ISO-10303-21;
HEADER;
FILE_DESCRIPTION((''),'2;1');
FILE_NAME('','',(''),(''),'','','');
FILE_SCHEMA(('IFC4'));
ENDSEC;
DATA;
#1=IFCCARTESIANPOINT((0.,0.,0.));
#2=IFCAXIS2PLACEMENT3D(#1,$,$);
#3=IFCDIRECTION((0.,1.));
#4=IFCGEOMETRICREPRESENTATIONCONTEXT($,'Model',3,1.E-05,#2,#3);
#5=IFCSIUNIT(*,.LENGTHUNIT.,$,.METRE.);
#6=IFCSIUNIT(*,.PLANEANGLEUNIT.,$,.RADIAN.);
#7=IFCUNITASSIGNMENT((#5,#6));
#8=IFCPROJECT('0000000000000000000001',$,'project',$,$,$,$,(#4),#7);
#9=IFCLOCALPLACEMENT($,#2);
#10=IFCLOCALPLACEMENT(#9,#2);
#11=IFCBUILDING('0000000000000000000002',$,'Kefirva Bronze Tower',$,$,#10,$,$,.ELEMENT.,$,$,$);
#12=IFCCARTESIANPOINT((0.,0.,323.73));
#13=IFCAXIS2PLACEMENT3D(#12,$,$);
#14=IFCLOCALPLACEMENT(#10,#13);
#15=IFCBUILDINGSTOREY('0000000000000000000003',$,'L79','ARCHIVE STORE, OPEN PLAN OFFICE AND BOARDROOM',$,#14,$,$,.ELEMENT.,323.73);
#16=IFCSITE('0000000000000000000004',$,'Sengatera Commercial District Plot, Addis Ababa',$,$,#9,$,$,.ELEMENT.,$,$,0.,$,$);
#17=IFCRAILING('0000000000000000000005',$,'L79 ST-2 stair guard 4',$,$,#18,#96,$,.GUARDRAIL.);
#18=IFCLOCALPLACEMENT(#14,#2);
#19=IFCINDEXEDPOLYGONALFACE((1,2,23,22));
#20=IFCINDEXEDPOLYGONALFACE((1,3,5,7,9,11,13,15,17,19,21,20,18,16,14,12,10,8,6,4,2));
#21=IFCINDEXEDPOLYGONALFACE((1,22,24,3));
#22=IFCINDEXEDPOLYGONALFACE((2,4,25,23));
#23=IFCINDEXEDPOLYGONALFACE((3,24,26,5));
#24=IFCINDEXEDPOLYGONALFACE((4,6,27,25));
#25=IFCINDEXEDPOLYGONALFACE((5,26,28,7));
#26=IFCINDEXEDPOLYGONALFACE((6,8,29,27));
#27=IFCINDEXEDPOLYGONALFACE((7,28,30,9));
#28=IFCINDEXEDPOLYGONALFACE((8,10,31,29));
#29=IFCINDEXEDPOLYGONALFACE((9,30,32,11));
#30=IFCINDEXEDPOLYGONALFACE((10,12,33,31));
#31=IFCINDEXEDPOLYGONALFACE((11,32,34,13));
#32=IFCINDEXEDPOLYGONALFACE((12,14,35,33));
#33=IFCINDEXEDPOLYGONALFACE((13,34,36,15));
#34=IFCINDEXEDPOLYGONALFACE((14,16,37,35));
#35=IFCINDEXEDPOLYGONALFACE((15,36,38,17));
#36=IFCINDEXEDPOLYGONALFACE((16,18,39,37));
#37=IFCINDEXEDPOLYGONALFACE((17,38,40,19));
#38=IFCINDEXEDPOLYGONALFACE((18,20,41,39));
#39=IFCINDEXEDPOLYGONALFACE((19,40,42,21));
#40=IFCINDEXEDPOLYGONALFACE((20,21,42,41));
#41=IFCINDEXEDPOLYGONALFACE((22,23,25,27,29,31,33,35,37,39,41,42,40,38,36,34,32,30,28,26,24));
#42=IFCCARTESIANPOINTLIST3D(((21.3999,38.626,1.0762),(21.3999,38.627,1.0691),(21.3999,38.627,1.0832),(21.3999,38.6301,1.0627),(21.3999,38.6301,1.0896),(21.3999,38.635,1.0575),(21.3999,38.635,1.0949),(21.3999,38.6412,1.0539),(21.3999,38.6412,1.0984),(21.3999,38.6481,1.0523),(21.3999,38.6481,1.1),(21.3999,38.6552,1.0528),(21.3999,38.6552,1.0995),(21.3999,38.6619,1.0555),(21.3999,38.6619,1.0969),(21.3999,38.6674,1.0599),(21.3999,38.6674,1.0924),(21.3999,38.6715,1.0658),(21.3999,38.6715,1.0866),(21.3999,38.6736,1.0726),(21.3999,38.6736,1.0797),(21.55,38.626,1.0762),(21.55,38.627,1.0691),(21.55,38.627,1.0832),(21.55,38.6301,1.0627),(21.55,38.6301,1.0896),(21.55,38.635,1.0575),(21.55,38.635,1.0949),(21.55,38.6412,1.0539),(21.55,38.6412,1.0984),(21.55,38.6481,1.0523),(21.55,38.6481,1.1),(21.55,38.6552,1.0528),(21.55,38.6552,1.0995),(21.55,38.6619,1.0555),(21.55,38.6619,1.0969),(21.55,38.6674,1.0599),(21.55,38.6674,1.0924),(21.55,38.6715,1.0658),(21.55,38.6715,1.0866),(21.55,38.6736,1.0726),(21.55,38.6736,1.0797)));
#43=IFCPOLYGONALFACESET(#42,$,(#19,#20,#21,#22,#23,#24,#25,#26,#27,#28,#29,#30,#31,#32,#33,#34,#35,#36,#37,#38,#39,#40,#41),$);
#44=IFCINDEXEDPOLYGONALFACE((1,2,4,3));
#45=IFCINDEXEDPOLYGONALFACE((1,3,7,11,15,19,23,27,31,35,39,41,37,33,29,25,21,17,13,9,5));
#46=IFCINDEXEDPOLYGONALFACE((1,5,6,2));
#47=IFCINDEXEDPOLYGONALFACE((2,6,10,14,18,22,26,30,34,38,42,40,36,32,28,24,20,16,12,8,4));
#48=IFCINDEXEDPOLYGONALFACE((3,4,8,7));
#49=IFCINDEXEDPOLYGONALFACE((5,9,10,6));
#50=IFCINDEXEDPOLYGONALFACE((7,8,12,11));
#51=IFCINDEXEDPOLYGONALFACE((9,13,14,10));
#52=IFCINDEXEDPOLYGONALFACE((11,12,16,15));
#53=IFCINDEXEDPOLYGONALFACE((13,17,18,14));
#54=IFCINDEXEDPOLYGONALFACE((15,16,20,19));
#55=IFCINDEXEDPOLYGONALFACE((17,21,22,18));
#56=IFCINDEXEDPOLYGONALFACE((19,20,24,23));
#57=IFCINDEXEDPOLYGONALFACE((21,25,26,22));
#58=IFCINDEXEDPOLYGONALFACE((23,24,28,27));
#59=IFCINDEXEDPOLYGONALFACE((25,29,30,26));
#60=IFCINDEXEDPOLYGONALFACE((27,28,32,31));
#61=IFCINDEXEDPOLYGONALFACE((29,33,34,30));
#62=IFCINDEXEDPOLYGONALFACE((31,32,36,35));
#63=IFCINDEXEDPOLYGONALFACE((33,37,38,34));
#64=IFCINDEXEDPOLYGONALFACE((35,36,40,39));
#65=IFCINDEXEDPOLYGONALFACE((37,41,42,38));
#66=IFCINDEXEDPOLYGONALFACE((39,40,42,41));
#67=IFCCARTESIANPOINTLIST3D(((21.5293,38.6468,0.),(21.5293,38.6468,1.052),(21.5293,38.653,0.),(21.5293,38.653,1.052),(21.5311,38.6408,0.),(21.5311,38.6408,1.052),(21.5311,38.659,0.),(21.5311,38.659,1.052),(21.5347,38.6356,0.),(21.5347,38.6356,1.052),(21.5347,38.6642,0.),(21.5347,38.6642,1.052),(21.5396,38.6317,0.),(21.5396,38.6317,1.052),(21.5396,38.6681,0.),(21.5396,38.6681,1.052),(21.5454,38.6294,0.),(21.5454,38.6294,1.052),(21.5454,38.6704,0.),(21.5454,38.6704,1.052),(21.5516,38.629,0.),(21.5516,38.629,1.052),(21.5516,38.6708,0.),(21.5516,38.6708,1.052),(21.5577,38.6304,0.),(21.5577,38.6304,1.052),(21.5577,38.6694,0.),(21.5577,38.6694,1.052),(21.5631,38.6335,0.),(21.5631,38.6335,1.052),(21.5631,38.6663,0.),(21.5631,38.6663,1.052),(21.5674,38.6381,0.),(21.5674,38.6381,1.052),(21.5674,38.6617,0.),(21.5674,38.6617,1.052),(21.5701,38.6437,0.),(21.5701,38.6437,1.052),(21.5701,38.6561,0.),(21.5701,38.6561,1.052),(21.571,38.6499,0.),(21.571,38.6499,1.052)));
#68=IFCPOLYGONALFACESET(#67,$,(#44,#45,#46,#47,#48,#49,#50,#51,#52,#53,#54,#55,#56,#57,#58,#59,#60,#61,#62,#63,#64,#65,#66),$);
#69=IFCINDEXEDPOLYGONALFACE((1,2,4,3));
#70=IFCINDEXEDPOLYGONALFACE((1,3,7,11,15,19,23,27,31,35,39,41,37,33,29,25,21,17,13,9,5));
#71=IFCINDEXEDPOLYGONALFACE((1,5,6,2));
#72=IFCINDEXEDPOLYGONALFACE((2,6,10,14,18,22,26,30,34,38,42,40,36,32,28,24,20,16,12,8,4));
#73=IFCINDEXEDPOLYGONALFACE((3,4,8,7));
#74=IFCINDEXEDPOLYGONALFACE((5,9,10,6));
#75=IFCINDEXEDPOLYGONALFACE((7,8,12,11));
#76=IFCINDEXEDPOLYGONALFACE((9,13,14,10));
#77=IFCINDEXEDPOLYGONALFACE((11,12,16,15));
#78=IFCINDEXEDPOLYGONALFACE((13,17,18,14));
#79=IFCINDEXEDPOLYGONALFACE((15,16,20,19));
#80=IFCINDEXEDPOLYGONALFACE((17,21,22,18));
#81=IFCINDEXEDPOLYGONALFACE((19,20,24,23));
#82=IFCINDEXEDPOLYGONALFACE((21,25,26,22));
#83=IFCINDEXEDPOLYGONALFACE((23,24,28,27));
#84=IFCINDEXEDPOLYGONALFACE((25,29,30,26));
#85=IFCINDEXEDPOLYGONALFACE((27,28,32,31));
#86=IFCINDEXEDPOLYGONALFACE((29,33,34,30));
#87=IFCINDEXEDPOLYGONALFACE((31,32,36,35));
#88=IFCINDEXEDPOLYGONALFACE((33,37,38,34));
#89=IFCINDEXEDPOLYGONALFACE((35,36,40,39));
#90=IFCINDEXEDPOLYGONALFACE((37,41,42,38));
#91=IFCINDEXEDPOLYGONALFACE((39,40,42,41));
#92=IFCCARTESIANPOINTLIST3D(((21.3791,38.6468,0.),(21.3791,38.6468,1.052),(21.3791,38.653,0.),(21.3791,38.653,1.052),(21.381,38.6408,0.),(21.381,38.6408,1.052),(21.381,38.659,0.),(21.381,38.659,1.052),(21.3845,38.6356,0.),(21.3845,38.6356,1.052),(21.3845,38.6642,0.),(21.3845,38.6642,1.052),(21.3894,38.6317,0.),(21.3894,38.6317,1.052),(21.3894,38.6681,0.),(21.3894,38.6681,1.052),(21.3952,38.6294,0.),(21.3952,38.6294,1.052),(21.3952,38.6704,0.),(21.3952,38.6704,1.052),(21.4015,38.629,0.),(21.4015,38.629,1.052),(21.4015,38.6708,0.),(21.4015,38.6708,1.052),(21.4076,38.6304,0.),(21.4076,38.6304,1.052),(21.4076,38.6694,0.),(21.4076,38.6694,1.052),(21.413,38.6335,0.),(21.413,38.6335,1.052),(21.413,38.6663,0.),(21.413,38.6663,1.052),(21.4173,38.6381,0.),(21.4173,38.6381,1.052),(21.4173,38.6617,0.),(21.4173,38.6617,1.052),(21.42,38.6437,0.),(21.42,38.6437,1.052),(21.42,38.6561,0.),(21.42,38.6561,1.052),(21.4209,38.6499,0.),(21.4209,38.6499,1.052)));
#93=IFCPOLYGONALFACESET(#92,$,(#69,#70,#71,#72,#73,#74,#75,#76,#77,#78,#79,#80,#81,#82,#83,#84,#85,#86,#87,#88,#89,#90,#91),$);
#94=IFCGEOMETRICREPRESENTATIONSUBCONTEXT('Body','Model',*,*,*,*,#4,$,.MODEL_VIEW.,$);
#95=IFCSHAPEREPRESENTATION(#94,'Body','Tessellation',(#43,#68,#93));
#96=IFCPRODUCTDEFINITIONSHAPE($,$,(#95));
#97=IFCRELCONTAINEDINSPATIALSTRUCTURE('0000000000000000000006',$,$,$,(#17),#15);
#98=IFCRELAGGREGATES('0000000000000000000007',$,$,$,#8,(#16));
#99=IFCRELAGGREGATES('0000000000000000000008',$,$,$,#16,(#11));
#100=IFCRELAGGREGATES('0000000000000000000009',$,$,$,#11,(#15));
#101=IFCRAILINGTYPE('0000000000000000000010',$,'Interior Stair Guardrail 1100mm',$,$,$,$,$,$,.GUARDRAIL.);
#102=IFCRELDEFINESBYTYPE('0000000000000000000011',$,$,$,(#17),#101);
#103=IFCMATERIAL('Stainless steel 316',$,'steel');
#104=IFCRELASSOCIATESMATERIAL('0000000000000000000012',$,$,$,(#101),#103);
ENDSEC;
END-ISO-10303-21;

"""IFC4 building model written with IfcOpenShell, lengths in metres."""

from ifc_helpers import new_model, si_unit, direction, frame, origin, origin_2d, place, context, subcontext, project, spatial, circle, extrude, material, type_object, element, save


model = new_model("IFC4")

# Units and contexts
model_context = context("Model", 3, precision=1e-05, world=origin(), true_north=direction((0.0, 1.0)))
body_context = subcontext(model_context, "Body", "Model", "MODEL_VIEW")
ifc_project = project(units=[si_unit("LENGTHUNIT", "METRE"), si_unit("PLANEANGLEUNIT", "RADIAN")], contexts=[model_context])

# Site, building, storey
site_placement = place(None, origin())
site = spatial("IfcSite", under=ifc_project, at=site_placement, Name="Sengatera Commercial District Plot, Addis Ababa", CompositionType="ELEMENT", RefElevation=0.0)
building_placement = place(site_placement, origin())
building = spatial("IfcBuilding", under=site, at=building_placement, Name="Kefirva Bronze Tower", CompositionType="ELEMENT")
storey_placement = place(building_placement, frame((0.0, 0.0, 323.73)))
storey = spatial("IfcBuildingStorey", under=building, at=storey_placement, Name="L79", Description="ARCHIVE STORE, OPEN PLAN OFFICE AND BOARDROOM", CompositionType="ELEMENT", Elevation=323.73)

# Shared definitions
ifc_material_1 = material(Name="Stainless steel 316", Category="steel")

# Railing
railing_type_1 = type_object("IfcRailingType", Name="Interior Stair Guardrail 1100mm", PredefinedType="GUARDRAIL", material=ifc_material_1)
railing_1_placement = place(storey_placement, frame((21.55, 38.6499, 0.0)))
element("IfcRailing", 1, at=railing_1_placement, inside=storey, type_object=railing_type_1, Name="L79 ST-2 stair guard 4", PredefinedType="GUARDRAIL", context=body_context, shape_type="SweptSolid", body=[
    extrude(circle(Radius=0.0239, at=origin_2d()), frame((0.0, 0.0, 1.0762), z_axis=(-1.0, 0.0, 0.0), x_axis=(0.0, -1.0, 0.0)), (0.0, 0.0, 1.0), 0.1501),
    extrude(circle(Radius=0.021, at=origin_2d()), origin(), (0.0, 0.0, 1.0), 1.052),
    extrude(circle(Radius=0.021, at=origin_2d()), frame((-0.1501, 0.0, 0.0)), (0.0, 0.0, 1.0), 1.052),
])

save(model, "model.ifc")
